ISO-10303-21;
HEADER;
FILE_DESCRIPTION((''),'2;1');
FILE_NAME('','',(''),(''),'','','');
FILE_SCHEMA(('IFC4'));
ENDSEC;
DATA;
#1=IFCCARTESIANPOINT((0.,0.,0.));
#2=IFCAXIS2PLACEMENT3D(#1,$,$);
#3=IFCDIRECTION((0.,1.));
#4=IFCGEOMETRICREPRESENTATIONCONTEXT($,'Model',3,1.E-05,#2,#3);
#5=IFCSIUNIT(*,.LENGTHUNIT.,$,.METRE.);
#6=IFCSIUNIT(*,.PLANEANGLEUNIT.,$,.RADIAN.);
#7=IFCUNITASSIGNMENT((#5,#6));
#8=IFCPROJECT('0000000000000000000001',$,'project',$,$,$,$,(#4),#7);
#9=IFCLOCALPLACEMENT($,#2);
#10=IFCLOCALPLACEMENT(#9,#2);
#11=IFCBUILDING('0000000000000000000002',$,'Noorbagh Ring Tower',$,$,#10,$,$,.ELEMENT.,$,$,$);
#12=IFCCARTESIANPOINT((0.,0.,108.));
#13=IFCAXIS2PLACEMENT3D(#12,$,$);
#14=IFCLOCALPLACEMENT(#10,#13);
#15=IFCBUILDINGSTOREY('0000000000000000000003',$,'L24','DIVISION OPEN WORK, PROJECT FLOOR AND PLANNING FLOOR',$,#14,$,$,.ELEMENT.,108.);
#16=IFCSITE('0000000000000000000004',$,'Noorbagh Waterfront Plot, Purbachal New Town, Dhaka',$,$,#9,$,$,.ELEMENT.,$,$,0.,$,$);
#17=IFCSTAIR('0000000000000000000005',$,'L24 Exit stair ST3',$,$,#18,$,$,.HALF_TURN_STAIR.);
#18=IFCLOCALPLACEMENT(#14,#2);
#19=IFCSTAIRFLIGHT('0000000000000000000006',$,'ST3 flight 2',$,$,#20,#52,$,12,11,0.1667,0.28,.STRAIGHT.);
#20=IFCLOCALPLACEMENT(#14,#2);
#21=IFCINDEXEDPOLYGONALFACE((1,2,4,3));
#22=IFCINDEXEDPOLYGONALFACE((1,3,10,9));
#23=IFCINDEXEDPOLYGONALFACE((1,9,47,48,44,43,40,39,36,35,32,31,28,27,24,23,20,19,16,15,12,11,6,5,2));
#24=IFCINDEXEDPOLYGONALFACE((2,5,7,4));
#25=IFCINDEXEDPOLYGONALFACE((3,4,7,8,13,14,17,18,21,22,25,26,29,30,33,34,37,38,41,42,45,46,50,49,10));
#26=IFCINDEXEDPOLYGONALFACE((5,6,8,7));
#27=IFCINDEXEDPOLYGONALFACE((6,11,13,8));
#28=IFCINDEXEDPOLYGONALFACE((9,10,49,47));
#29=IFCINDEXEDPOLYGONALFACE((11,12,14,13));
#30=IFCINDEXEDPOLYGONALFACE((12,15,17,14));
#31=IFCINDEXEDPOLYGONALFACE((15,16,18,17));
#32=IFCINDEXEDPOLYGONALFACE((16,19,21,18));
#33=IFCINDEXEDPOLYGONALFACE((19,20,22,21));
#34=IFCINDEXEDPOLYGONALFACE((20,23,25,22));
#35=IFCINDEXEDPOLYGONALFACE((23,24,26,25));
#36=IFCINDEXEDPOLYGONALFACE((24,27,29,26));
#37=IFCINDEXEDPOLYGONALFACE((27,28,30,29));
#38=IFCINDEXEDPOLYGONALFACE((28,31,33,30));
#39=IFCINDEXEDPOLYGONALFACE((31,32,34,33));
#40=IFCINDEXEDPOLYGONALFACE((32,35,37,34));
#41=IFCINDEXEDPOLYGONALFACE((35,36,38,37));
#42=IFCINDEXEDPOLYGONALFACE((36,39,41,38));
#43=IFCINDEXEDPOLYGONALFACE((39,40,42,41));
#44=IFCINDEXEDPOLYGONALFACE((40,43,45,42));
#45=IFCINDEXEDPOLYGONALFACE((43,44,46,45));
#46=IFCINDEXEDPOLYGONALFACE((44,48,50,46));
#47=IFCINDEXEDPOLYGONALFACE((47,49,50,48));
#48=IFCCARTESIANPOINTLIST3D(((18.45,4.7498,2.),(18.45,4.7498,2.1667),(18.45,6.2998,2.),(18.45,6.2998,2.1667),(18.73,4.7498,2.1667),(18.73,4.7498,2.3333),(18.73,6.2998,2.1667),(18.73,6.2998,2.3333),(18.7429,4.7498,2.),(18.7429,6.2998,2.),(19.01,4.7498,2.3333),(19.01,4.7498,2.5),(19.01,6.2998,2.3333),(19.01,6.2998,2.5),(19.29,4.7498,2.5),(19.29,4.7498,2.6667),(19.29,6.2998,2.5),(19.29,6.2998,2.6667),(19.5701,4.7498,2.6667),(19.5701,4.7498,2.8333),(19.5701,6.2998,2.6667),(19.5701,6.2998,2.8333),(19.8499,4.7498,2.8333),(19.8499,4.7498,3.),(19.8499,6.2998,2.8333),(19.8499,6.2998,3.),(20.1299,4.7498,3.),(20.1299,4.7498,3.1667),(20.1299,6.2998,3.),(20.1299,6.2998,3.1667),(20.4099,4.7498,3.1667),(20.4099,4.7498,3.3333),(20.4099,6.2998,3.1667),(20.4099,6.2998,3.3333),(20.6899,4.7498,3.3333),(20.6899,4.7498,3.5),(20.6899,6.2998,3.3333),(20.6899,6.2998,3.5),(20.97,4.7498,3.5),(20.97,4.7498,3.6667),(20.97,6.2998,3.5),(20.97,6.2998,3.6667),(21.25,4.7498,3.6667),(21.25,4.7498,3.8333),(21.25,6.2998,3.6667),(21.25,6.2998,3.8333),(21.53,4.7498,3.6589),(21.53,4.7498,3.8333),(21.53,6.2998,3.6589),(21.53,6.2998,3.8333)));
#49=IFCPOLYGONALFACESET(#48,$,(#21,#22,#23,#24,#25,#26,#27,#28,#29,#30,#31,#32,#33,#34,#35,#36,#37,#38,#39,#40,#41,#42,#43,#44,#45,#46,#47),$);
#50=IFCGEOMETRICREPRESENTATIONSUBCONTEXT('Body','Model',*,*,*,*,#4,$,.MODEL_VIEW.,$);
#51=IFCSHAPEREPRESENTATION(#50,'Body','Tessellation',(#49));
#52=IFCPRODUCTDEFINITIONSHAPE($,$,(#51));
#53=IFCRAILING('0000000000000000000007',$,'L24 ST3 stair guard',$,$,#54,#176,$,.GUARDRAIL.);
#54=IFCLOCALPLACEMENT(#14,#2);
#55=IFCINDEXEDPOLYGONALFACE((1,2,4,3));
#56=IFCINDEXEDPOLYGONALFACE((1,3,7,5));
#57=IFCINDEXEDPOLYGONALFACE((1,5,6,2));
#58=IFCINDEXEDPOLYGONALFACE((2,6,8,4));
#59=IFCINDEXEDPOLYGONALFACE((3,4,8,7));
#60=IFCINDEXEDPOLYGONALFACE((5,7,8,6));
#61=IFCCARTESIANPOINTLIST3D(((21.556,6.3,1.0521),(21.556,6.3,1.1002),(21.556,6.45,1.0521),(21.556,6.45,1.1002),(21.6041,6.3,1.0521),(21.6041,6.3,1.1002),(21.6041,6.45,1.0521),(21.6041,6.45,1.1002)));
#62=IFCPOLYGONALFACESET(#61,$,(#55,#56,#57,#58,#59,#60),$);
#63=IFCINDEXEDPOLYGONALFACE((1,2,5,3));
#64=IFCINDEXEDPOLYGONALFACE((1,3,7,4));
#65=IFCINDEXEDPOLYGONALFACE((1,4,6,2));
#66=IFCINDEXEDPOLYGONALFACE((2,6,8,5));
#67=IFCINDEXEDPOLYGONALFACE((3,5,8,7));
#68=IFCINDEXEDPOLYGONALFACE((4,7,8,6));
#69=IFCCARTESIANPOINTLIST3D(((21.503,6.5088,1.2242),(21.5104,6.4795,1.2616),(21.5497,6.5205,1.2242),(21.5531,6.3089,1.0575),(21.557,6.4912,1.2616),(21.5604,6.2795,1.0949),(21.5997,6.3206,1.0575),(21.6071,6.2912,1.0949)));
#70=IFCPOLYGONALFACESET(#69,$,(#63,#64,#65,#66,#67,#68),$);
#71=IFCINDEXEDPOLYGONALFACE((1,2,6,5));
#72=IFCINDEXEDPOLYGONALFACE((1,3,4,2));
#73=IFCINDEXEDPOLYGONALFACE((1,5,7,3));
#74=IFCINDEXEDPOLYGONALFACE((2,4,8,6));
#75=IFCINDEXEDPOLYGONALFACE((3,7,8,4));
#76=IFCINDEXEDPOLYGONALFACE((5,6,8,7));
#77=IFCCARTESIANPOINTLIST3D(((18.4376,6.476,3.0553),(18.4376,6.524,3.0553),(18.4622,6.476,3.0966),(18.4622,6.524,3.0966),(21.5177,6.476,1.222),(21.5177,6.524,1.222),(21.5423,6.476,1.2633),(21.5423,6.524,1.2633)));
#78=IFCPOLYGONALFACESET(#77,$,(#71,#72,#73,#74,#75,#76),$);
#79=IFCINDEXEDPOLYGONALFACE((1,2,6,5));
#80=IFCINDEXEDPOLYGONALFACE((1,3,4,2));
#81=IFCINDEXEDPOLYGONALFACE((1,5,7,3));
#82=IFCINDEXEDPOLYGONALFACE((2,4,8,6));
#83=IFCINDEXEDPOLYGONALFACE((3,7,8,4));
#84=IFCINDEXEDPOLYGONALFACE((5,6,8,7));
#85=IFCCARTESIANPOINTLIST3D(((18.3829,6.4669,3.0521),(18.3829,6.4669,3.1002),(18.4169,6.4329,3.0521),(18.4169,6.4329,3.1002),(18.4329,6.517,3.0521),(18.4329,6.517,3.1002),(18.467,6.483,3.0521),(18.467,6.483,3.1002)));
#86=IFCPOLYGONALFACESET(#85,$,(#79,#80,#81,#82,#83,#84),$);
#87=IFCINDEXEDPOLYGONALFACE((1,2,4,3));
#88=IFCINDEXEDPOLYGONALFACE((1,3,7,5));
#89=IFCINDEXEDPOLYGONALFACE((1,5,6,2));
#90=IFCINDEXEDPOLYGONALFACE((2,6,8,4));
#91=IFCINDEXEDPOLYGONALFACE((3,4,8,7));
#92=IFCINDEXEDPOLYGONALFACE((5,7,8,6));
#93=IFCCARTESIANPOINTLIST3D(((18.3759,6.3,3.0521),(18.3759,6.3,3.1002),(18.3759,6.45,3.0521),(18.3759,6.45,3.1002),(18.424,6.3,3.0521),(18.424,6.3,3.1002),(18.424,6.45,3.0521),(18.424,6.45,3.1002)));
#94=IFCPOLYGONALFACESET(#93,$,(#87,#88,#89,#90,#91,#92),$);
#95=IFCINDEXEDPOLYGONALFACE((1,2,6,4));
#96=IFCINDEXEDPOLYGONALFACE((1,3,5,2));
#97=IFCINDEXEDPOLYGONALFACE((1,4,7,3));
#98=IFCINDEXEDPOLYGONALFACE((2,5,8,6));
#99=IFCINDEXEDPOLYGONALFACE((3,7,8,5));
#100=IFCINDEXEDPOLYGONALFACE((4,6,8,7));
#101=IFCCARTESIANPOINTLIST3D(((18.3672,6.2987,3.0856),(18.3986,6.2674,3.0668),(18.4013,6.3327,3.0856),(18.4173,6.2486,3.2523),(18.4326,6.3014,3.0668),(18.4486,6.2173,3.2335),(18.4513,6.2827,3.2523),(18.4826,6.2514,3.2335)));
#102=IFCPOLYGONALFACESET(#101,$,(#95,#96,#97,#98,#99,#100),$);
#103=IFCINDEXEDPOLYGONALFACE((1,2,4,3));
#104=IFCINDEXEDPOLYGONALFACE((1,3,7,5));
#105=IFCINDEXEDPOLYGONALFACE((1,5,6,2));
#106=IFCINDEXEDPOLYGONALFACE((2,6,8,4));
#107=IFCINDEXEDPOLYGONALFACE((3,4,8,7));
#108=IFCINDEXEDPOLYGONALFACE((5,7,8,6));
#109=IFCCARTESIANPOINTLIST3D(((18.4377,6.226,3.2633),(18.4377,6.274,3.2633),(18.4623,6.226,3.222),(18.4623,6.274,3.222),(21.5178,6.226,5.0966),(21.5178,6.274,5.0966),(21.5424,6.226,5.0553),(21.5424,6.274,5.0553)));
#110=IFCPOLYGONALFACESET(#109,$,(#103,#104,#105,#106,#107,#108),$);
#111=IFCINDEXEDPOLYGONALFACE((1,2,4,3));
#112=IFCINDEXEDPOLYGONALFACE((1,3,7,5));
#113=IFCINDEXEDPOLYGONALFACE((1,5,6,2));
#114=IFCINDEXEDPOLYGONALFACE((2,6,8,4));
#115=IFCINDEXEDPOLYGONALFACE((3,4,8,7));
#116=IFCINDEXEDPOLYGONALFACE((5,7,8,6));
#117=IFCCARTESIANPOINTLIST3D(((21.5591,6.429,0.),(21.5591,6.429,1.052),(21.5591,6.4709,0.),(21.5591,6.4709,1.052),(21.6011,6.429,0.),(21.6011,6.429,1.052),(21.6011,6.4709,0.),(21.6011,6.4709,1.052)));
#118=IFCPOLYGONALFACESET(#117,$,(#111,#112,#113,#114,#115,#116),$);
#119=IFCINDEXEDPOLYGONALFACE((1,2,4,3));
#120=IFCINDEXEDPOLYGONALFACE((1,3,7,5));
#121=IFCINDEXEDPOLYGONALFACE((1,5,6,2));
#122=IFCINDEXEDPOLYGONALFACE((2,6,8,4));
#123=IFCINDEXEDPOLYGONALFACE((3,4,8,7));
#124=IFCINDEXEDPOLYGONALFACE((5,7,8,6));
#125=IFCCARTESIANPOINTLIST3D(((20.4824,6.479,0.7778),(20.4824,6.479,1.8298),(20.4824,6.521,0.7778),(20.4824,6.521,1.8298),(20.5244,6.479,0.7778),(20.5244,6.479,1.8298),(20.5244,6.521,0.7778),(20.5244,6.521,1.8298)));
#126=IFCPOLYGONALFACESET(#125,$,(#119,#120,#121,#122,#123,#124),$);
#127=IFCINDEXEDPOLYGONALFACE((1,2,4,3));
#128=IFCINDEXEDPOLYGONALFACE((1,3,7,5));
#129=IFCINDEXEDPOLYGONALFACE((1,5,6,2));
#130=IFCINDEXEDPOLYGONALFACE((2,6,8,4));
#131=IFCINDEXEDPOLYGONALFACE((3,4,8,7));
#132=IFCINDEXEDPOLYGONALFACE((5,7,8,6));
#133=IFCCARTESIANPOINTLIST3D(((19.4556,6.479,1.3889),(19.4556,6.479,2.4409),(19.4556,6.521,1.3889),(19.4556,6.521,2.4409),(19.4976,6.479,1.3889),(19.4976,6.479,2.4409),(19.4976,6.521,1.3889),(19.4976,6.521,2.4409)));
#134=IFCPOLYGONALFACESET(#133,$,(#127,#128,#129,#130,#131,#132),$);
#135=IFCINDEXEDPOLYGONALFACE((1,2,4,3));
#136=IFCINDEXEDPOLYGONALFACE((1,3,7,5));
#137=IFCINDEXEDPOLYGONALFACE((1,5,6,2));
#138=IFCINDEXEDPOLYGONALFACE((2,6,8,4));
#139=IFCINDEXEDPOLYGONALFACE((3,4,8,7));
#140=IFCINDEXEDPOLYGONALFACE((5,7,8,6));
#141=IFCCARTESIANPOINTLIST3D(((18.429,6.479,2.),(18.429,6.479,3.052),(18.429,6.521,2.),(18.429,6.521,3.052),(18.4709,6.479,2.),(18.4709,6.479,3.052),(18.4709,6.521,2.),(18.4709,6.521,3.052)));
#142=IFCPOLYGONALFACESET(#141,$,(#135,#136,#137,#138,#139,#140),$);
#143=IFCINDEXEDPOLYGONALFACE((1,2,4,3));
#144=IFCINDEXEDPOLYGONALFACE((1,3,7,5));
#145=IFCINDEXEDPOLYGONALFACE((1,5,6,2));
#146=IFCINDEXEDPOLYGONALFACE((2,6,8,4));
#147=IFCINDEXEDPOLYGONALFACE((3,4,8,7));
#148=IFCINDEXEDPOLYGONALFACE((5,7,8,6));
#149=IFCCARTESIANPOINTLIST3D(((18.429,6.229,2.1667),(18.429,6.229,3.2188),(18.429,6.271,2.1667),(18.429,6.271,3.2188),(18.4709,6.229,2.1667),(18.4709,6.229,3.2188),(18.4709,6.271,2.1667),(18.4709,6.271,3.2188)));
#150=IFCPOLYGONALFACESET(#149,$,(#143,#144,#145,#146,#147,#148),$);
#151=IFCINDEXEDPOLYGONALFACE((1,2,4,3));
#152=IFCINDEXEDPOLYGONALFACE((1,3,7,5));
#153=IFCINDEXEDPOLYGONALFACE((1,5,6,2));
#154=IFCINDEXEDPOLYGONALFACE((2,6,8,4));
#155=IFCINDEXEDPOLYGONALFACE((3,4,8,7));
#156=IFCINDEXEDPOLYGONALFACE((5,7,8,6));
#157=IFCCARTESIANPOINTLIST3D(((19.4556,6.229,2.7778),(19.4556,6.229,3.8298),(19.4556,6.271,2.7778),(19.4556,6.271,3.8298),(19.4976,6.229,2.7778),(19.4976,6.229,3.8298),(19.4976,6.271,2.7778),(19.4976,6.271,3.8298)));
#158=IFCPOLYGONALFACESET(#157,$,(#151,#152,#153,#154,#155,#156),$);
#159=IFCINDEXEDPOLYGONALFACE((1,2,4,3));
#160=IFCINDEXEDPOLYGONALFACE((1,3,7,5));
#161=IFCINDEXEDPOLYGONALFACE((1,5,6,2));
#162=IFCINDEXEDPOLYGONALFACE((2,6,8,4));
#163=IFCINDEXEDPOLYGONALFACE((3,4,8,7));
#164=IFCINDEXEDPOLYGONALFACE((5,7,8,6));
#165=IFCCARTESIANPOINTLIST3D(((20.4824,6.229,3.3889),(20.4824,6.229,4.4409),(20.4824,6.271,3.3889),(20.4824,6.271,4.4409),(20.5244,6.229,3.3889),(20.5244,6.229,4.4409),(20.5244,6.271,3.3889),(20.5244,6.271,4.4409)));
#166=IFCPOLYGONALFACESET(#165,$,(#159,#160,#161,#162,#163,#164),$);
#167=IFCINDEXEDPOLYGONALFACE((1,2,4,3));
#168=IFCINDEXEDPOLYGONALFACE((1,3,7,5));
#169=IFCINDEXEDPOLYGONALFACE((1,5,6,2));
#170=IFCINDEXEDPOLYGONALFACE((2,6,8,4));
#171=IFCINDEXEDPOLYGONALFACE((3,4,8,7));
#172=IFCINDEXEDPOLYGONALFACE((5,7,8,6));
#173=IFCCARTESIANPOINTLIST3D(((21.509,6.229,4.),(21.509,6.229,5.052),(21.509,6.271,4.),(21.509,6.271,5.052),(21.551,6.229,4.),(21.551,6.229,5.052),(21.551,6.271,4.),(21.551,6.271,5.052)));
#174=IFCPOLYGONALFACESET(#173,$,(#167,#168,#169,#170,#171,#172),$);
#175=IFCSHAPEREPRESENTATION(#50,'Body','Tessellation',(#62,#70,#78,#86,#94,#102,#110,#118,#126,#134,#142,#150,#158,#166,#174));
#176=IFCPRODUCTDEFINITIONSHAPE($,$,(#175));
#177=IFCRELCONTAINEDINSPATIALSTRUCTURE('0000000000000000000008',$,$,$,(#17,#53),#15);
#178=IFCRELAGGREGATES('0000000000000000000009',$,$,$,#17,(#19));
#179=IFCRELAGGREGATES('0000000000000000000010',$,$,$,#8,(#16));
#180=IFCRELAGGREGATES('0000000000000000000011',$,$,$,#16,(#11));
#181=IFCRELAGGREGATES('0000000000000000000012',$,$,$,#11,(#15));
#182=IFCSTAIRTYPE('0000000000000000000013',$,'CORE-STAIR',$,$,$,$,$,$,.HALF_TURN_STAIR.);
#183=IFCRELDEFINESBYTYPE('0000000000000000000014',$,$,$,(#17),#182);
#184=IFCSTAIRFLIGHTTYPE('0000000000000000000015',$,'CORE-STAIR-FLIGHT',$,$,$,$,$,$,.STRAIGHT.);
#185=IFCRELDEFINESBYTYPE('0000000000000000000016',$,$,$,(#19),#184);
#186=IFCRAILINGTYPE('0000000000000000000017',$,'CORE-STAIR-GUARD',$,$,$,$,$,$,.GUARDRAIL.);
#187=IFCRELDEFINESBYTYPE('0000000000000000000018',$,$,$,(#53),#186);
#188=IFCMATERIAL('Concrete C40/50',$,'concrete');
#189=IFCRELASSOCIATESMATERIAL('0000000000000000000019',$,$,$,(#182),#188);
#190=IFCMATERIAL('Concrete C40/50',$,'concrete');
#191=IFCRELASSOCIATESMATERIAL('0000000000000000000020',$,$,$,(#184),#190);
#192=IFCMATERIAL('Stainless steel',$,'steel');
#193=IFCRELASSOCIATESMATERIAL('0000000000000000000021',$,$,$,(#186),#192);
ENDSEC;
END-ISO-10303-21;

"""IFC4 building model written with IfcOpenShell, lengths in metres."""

from ifc_helpers import new_model, si_unit, direction, frame, origin, origin_2d, place, context, subcontext, project, spatial, polyline, rectangle, outline, extrude, material, type_object, element, aggregate, save


model = new_model("IFC4")

# Units and contexts
model_context = context("Model", 3, precision=1e-05, world=origin(), true_north=direction((0.0, 1.0)))
body_context = subcontext(model_context, "Body", "Model", "MODEL_VIEW")
ifc_project = project(units=[si_unit("LENGTHUNIT", "METRE"), si_unit("PLANEANGLEUNIT", "RADIAN")], contexts=[model_context])

# Site, building, storey
site_placement = place(None, origin())
site = spatial("IfcSite", under=ifc_project, at=site_placement, Name="Noorbagh Waterfront Plot, Purbachal New Town, Dhaka", CompositionType="ELEMENT", RefElevation=0.0)
building_placement = place(site_placement, origin())
building = spatial("IfcBuilding", under=site, at=building_placement, Name="Noorbagh Ring Tower", CompositionType="ELEMENT")
storey_placement = place(building_placement, frame((0.0, 0.0, 108.0)))
storey = spatial("IfcBuildingStorey", under=building, at=storey_placement, Name="L24", Description="DIVISION OPEN WORK, PROJECT FLOOR AND PLANNING FLOOR", CompositionType="ELEMENT", Elevation=108.0)

# Stair, stair flight
ifc_material_1 = material(Name="Concrete C40/50", Category="concrete")
stair_type = type_object("IfcStairType", Name="CORE-STAIR", PredefinedType="HALF_TURN_STAIR", material=ifc_material_1)
stair_placement = place(storey_placement, origin())
stair = element("IfcStair", 1, at=stair_placement, inside=storey, type_object=stair_type, Name="L24 Exit stair ST3", PredefinedType="HALF_TURN_STAIR")
ifc_material_2 = material(Name="Concrete C40/50", Category="concrete")
stair_flight_type = type_object("IfcStairFlightType", Name="CORE-STAIR-FLIGHT", PredefinedType="STRAIGHT", material=ifc_material_2)
stair_flight_1_placement = place(storey_placement, frame((18.45, 5.5249, 2.0), z_axis=(0.0, 0.0, 1.0), x_axis=(1.0, 0.0, 0.0)))
stair_flight_1 = element("IfcStairFlight", 2, at=stair_flight_1_placement, type_object=stair_flight_type, Name="ST3 flight 2", NumberOfRisers=12, NumberOfTreads=11, PredefinedType="STRAIGHT", RiserHeight=0.1667, TreadLength=0.28, context=body_context, shape_type="SweptSolid", body=[
    extrude(outline(polyline([(0.0, 0.0), (0.0, 0.1667), (0.28, 0.1667), (0.28, 0.3333), (0.5601, 0.3333), (0.5601, 0.5), (0.8401, 0.5), (0.8401, 0.6667), (1.1201, 0.6667), (1.1201, 0.8333), (1.3999, 0.8333), (1.3999, 1.0), (1.6799, 1.0), (1.6799, 1.1667), (1.96, 1.1667), (1.96, 1.3333), (2.24, 1.3333), (2.24, 1.5), (2.52, 1.5), (2.52, 1.6667), (2.8, 1.6667), (2.8, 1.8333), (3.0801, 1.8333), (3.0801, 2.0), (3.0801, 1.6589), (0.293, 0.0), (0.0, 0.0)])), frame((0.0, 0.7749, 0.0), z_axis=(0.0, -1.0, 0.0), x_axis=(1.0, 0.0, 0.0)), (0.0, 0.0, 1.0), 1.55),
])
aggregate(stair, [stair_flight_1])

# Railing
ifc_material_3 = material(Name="Stainless steel", Category="steel")
railing_type_1 = type_object("IfcRailingType", Name="CORE-STAIR-GUARD", PredefinedType="GUARDRAIL", material=ifc_material_3)
railing_1_placement = place(storey_placement, frame((21.5801, 6.45, 0.0)))
element("IfcRailing", 3, at=railing_1_placement, inside=storey, type_object=railing_type_1, Name="L24 ST3 stair guard", PredefinedType="GUARDRAIL", context=body_context, shape_type="SweptSolid", body=[
    extrude(rectangle(XDim=0.0481, YDim=0.0481, at=origin_2d()), frame((0.0, 0.0, 1.0762), z_axis=(0.0, -1.0, 0.0), x_axis=(1.0, 0.0, 0.0)), (0.0, 0.0, 1.0), 0.1499),
    extrude(rectangle(XDim=0.0481, YDim=0.0481, at=origin_2d()), frame((0.0, -0.1499, 1.0762), z_axis=(-0.188776, 0.754182, 0.628946), x_axis=(-0.970073, -0.242814, 0.0)), (0.0, 0.0, 1.0), 0.2651),
    extrude(rectangle(XDim=0.0481, YDim=0.0481, at=origin_2d()), frame((-0.05, 0.05, 1.2427), z_axis=(-0.859309, 0.0, 0.511458), x_axis=(0.0, -1.0, 0.0)), (0.0, 0.0, 1.0), 3.5845),
    extrude(rectangle(XDim=0.0481, YDim=0.0481, at=origin_2d()), frame((-3.1301, 0.05, 3.0762), z_axis=(-0.707107, -0.707107, 0.0), x_axis=(0.707107, -0.707107, 0.0)), (0.0, 0.0, 1.0), 0.0708),
    extrude(rectangle(XDim=0.0481, YDim=0.0481, at=origin_2d()), frame((-3.1802, 0.0, 3.0762), z_axis=(0.0, -1.0, 0.0), x_axis=(1.0, 0.0, 0.0)), (0.0, 0.0, 1.0), 0.1499),
    extrude(rectangle(XDim=0.0481, YDim=0.0481, at=origin_2d()), frame((-3.1802, -0.1499, 3.0762), z_axis=(0.276287, -0.276287, 0.920506), x_axis=(0.707107, 0.707107, 0.0)), (0.0, 0.0, 1.0), 0.1812),
    extrude(rectangle(XDim=0.0481, YDim=0.0481, at=origin_2d()), frame((-3.1301, -0.2, 3.2427), z_axis=(0.859309, 0.0, 0.511458), x_axis=(0.0, 1.0, 0.0)), (0.0, 0.0, 1.0), 3.5845),
    extrude(rectangle(XDim=0.042, YDim=0.042, at=origin_2d()), origin(), (0.0, 0.0, 1.0), 1.052),
    extrude(rectangle(XDim=0.042, YDim=0.042, at=origin_2d()), frame((-1.0767, 0.05, 0.7778)), (0.0, 0.0, 1.0), 1.052),
    extrude(rectangle(XDim=0.042, YDim=0.042, at=origin_2d()), frame((-2.1035, 0.05, 1.3889)), (0.0, 0.0, 1.0), 1.052),
    extrude(rectangle(XDim=0.042, YDim=0.042, at=origin_2d()), frame((-3.1301, 0.05, 2.0)), (0.0, 0.0, 1.0), 1.052),
    extrude(rectangle(XDim=0.042, YDim=0.042, at=origin_2d()), frame((-3.1301, -0.2, 2.1667)), (0.0, 0.0, 1.0), 1.052),
    extrude(rectangle(XDim=0.042, YDim=0.042, at=origin_2d()), frame((-2.1035, -0.2, 2.7778)), (0.0, 0.0, 1.0), 1.052),
    extrude(rectangle(XDim=0.042, YDim=0.042, at=origin_2d()), frame((-1.0767, -0.2, 3.3889)), (0.0, 0.0, 1.0), 1.052),
    extrude(rectangle(XDim=0.042, YDim=0.042, at=origin_2d()), frame((-0.05, -0.2, 4.0)), (0.0, 0.0, 1.0), 1.052),
])

save(model, "model.ifc")
